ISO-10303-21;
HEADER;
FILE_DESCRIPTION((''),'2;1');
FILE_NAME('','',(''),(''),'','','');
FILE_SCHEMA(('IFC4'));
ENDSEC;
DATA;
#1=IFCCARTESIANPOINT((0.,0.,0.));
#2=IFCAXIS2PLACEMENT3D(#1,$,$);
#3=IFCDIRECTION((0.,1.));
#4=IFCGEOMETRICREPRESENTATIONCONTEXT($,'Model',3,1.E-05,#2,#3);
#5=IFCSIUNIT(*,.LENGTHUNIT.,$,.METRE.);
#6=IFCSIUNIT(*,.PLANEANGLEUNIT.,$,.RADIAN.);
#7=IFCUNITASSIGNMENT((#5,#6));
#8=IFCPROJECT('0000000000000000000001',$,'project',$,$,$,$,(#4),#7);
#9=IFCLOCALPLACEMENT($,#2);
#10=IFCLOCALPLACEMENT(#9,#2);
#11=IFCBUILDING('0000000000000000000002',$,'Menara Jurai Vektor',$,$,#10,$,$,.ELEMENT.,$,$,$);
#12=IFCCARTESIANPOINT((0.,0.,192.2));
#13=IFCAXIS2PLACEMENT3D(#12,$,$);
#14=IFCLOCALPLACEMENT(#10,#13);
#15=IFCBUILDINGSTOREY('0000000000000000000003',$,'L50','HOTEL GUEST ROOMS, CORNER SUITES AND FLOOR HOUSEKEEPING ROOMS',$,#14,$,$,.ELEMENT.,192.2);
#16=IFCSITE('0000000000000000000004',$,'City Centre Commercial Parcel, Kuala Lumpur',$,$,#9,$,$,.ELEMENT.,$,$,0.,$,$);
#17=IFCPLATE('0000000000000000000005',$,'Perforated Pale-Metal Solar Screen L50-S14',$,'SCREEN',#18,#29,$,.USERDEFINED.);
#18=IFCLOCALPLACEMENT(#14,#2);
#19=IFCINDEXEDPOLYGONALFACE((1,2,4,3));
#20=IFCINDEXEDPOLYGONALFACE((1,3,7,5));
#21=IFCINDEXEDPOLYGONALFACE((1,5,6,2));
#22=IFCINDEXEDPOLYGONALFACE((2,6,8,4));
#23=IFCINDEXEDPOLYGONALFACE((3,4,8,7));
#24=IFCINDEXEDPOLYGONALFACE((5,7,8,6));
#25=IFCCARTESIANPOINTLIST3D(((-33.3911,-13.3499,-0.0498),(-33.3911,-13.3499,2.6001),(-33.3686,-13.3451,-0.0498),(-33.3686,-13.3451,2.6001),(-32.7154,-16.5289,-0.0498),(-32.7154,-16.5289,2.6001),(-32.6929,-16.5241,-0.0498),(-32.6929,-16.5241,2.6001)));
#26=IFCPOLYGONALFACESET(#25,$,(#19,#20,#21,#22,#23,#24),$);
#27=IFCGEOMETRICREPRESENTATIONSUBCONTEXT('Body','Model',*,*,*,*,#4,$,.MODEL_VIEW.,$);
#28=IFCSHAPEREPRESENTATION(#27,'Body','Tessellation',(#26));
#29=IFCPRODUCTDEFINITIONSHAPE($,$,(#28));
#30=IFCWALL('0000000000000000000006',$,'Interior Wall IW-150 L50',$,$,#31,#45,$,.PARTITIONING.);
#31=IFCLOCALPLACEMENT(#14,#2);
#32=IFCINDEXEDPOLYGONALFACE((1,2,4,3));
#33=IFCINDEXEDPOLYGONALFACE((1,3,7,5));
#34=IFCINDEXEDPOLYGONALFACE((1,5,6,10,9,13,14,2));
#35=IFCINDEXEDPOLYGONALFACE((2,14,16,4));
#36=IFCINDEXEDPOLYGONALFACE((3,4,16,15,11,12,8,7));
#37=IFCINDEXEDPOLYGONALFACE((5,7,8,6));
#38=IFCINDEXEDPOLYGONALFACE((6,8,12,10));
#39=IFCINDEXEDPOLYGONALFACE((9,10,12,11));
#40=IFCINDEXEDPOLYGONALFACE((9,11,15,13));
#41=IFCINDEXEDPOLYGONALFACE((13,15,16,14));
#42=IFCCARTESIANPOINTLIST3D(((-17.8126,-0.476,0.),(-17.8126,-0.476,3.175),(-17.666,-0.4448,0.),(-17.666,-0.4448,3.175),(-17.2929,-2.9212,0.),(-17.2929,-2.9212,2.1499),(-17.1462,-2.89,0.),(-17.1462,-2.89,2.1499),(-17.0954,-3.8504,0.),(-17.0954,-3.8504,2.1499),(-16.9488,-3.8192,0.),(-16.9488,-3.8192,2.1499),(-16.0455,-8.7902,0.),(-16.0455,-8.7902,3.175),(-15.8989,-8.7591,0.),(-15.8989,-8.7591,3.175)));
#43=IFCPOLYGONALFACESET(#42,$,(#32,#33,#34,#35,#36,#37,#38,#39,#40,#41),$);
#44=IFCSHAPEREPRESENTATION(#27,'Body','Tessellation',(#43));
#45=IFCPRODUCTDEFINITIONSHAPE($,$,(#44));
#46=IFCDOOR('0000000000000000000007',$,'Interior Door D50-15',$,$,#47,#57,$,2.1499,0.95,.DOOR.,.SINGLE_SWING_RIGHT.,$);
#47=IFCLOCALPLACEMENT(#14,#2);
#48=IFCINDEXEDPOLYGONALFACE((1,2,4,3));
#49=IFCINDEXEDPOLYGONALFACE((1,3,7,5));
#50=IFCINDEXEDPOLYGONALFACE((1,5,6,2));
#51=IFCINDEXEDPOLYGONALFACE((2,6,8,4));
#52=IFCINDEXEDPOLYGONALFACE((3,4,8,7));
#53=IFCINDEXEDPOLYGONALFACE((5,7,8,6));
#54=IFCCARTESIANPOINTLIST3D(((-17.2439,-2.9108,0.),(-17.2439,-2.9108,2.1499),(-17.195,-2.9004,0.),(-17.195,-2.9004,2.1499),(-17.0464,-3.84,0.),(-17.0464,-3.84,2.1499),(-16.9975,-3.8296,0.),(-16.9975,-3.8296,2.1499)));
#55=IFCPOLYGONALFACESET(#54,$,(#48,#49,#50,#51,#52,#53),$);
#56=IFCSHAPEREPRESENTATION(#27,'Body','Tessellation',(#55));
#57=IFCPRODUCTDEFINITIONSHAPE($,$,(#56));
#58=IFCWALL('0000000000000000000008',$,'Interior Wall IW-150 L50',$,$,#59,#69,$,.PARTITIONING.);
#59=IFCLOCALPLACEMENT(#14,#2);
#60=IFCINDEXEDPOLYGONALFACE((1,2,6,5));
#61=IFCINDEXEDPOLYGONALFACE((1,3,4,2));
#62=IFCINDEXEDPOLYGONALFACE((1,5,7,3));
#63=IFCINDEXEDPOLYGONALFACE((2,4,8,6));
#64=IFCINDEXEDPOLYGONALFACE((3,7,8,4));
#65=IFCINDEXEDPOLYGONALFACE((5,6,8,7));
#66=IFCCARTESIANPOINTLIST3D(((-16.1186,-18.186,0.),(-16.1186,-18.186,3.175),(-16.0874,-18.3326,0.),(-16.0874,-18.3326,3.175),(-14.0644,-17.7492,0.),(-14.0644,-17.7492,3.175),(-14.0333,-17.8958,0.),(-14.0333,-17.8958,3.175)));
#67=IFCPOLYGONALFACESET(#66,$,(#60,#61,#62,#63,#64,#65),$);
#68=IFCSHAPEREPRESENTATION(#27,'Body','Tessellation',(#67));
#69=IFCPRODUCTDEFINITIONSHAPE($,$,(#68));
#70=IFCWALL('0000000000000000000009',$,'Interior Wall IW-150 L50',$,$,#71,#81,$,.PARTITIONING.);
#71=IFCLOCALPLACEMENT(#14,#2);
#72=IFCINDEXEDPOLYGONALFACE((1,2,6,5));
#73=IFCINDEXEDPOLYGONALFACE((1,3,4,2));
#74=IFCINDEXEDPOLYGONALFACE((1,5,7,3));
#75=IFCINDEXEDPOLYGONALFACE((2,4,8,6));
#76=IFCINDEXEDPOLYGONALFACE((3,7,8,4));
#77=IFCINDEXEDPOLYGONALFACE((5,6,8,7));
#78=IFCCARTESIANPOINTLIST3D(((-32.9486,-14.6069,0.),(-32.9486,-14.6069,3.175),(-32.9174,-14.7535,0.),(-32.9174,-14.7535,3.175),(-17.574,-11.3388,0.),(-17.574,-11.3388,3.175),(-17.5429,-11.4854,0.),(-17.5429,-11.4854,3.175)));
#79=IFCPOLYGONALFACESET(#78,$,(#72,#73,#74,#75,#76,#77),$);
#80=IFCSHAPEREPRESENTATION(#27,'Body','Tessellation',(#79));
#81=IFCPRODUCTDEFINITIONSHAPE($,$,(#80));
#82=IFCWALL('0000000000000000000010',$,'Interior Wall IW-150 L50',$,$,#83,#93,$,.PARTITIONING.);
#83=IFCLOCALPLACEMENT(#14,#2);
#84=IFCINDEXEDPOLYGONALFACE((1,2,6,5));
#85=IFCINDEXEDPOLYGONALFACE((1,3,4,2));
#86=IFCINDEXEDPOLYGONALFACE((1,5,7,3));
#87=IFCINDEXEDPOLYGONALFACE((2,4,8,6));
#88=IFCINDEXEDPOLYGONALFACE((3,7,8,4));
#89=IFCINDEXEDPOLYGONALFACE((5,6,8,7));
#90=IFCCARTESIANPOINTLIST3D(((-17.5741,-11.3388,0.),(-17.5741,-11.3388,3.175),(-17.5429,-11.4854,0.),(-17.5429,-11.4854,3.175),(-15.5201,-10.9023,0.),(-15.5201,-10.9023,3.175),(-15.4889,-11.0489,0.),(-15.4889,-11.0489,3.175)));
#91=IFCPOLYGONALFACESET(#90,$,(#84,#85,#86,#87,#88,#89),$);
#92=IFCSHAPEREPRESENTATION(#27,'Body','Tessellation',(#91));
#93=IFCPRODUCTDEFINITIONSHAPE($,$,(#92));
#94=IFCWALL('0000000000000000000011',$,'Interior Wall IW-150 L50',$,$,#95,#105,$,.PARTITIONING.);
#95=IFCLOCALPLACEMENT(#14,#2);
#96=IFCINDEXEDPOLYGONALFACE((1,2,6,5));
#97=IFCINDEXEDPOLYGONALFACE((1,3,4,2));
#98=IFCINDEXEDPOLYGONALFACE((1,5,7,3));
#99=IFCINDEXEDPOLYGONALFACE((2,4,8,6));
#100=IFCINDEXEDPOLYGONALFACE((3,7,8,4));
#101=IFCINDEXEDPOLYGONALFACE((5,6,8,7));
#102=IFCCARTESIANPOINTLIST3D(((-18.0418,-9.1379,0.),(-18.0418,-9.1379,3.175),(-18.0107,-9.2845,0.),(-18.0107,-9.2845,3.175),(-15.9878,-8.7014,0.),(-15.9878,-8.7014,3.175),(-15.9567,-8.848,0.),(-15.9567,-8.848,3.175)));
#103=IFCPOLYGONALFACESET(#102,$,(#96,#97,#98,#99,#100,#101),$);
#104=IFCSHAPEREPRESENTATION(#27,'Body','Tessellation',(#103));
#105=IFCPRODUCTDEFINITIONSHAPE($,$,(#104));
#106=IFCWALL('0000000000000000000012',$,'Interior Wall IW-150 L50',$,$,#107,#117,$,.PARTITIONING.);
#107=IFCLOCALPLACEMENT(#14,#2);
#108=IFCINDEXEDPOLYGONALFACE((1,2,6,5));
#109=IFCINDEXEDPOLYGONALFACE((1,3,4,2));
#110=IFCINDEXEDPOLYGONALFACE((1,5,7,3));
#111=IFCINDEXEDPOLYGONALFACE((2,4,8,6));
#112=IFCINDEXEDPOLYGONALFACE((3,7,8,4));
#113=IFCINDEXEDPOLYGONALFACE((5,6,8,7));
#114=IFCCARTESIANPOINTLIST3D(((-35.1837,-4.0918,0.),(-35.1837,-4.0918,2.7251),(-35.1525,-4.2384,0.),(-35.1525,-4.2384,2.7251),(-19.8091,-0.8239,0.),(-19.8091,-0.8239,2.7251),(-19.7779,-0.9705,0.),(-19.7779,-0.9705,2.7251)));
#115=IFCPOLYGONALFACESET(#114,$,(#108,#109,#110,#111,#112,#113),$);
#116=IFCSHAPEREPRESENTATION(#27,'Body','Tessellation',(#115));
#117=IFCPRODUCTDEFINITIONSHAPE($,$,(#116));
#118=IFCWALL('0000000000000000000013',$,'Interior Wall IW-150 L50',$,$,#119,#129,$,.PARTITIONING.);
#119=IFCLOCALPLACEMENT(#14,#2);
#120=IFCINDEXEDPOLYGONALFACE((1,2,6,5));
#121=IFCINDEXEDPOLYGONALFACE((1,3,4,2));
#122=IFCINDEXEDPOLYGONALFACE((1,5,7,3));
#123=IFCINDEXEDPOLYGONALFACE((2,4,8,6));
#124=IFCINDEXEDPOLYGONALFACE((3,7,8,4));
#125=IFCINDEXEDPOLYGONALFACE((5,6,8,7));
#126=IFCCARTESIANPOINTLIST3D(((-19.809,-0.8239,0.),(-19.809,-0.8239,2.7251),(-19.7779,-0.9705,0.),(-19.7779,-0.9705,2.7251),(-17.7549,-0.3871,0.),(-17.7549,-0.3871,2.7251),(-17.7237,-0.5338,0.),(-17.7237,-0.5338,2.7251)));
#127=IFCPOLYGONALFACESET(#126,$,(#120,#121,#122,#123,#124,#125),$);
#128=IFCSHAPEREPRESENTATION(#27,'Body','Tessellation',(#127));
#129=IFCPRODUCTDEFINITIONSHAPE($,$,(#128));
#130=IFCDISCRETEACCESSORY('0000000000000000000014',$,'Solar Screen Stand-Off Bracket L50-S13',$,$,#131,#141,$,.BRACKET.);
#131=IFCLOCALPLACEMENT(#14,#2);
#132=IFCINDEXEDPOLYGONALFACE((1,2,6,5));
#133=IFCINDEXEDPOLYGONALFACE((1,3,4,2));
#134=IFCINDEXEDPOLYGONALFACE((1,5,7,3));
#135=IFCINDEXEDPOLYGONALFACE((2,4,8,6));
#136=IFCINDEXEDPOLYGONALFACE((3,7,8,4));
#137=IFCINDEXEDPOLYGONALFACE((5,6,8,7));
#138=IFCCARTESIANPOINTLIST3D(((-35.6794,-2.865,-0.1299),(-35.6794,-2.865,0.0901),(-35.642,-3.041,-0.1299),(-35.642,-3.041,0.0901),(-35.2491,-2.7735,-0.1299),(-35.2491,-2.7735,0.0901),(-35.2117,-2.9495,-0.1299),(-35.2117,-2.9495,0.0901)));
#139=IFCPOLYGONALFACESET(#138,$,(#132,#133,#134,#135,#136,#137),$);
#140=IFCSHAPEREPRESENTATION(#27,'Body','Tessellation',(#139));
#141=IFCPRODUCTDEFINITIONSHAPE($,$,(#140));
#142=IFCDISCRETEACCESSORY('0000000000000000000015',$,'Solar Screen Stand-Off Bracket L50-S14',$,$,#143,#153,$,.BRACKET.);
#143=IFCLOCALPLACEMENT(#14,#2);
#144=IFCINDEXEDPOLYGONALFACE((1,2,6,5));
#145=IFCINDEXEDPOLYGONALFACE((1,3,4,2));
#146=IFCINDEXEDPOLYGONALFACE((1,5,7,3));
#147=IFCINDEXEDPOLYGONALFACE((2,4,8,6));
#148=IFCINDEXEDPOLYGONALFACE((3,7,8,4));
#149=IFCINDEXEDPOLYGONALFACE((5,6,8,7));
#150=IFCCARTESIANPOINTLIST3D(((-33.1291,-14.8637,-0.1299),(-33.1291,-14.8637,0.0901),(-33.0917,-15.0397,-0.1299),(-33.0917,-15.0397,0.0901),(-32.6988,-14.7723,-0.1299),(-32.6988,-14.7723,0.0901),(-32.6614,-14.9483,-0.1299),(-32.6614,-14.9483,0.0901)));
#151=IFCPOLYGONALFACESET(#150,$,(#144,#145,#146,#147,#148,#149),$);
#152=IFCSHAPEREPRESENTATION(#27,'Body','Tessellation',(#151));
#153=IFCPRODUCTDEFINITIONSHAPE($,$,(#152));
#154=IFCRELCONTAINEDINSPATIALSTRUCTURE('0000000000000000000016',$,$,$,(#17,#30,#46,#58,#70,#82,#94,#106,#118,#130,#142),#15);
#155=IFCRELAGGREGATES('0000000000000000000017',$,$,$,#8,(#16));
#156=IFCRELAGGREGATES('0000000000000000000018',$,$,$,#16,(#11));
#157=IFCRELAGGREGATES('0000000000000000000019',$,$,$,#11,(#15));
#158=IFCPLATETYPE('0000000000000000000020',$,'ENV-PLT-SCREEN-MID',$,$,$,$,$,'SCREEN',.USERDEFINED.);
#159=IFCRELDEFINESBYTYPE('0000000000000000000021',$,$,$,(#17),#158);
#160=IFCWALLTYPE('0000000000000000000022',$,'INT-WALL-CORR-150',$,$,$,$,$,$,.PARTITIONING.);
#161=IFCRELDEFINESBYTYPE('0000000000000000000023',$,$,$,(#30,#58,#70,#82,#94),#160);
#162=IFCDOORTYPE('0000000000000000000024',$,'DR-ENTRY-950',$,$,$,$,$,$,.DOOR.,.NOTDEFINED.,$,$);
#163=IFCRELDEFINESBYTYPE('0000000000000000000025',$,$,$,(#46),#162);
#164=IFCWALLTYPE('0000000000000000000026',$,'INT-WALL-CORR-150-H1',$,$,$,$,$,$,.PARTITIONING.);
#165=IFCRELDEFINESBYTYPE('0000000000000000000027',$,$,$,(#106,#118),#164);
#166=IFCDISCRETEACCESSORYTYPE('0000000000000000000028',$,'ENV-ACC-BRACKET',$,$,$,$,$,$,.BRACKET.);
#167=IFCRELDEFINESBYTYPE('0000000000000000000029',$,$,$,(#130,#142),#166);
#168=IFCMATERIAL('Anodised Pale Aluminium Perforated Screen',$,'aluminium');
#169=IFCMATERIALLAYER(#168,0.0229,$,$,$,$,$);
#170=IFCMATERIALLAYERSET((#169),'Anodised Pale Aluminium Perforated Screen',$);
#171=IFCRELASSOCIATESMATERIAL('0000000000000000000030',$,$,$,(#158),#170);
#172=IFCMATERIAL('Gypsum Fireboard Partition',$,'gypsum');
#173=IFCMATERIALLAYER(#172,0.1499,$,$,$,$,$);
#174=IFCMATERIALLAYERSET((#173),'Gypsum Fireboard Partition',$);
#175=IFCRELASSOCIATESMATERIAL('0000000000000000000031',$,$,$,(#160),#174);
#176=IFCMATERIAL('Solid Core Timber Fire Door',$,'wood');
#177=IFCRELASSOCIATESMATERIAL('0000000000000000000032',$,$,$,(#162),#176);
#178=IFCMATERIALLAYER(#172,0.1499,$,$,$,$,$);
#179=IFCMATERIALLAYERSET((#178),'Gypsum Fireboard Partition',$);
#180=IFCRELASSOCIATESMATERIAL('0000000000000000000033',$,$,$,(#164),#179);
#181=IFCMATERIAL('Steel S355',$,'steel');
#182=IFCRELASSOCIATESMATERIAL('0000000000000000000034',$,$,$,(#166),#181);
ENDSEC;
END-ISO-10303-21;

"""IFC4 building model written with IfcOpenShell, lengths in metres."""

from ifc_helpers import new_model, si_unit, direction, frame, frame_2d, origin, origin_2d, place, context, subcontext, project, spatial, rectangle, extrude, material, layer, layer_set, type_object, element, fill, save


model = new_model("IFC4")

# Units and contexts
model_context = context("Model", 3, precision=1e-05, world=origin(), true_north=direction((0.0, 1.0)))
body_context = subcontext(model_context, "Body", "Model", "MODEL_VIEW")
ifc_project = project(units=[si_unit("LENGTHUNIT", "METRE"), si_unit("PLANEANGLEUNIT", "RADIAN")], contexts=[model_context])

# Site, building, storey
site_placement = place(None, origin())
site = spatial("IfcSite", under=ifc_project, at=site_placement, Name="City Centre Commercial Parcel, Kuala Lumpur", CompositionType="ELEMENT", RefElevation=0.0)
building_placement = place(site_placement, origin())
building = spatial("IfcBuilding", under=site, at=building_placement, Name="Menara Jurai Vektor", CompositionType="ELEMENT")
storey_placement = place(building_placement, frame((0.0, 0.0, 192.2)))
storey = spatial("IfcBuildingStorey", under=building, at=storey_placement, Name="L50", Description="HOTEL GUEST ROOMS, CORNER SUITES AND FLOOR HOUSEKEEPING ROOMS", CompositionType="ELEMENT", Elevation=192.2)

# Shared definitions
ifc_material_1 = material(Name="Steel S355", Category="steel")

# Plate
ifc_material_2 = material(Name="Anodised Pale Aluminium Perforated Screen", Category="aluminium")
ifc_layer_1 = layer(ifc_material_2, 0.0229)
ifc_layer_set_1 = layer_set([ifc_layer_1], Name="Anodised Pale Aluminium Perforated Screen")
plate_type_1 = type_object("IfcPlateType", Name="ENV-PLT-SCREEN-MID", ElementType="SCREEN", PredefinedType="USERDEFINED", material=ifc_layer_set_1)
for number, where, z_axis, x_axis, name in (
    (1, (-33.042, -14.937, -0.0498), (0.0, 0.0, 1.0), (0.207912, -0.978148, 0.0), "Perforated Pale-Metal Solar Screen L50-S14"),
):
    element("IfcPlate", number, at=place(storey_placement, frame(where, z_axis=z_axis, x_axis=x_axis)), inside=storey, type_object=plate_type_1, Name=name, ObjectType="SCREEN", PredefinedType="USERDEFINED", context=body_context, shape_type="SweptSolid", body=[
        extrude(rectangle(XDim=3.25, YDim=0.0229, at=origin_2d()), origin(), (0.0, 0.0, 1.0), 2.6499),
    ])

# Wall, opening, door
ifc_material_3 = material(Name="Gypsum Fireboard Partition", Category="gypsum")
ifc_layer_2 = layer(ifc_material_3, 0.1499)
ifc_layer_set_2 = layer_set([ifc_layer_2], Name="Gypsum Fireboard Partition")
wall_type_1 = type_object("IfcWallType", Name="INT-WALL-CORR-150", PredefinedType="PARTITIONING", material=ifc_layer_set_2)
wall_1_placement = place(storey_placement, frame((-15.9722, -8.7747, 0.0), z_axis=(0.0, 0.0, 1.0), x_axis=(-0.207895, 0.978151, 0.0)))
wall_1 = element("IfcWall", 2, at=wall_1_placement, inside=storey, type_object=wall_type_1, Name="Interior Wall IW-150 L50", PredefinedType="PARTITIONING", context=body_context, shape_type="SweptSolid", body=[
    extrude(rectangle(XDim=8.5, YDim=0.1499, at=frame_2d((4.25, 0.0))), origin(), (0.0, 0.0, 1.0), 3.175),
])
opening_1_placement = place(wall_1_placement, frame((5.05, 0.0, 0.0)))
opening_1 = element("IfcOpeningElement", 3, at=opening_1_placement, cuts=wall_1, PredefinedType="OPENING", context=body_context, shape_type="SweptSolid", body=[
    extrude(rectangle(XDim=0.95, YDim=2.1499, at=frame_2d((0.4751, 1.075))), frame((0.0, 0.085, 0.0), z_axis=(0.0, -1.0, 0.0), x_axis=(1.0, 0.0, 0.0)), (0.0, 0.0, 1.0), 0.1699),
])
ifc_material_4 = material(Name="Solid Core Timber Fire Door", Category="wood")
door_type_1 = type_object("IfcDoorType", Name="DR-ENTRY-950", OperationType="NOTDEFINED", PredefinedType="DOOR", material=ifc_material_4)
door_1_placement = place(opening_1_placement, origin())
door_1 = element("IfcDoor", 4, at=door_1_placement, inside=storey, type_object=door_type_1, Name="Interior Door D50-15", OperationType="SINGLE_SWING_RIGHT", OverallHeight=2.1499, OverallWidth=0.95, PredefinedType="DOOR", context=body_context, shape_type="SweptSolid", body=[
    extrude(rectangle(XDim=0.95, YDim=2.1499, at=frame_2d((0.4751, 1.075))), frame((0.0, 0.0249, 0.0), z_axis=(0.0, -1.0, 0.0), x_axis=(1.0, 0.0, 0.0)), (0.0, 0.0, 1.0), 0.05),
])
fill(opening_1, door_1)

# Walls
wall_2_placement = place(storey_placement, frame((-16.103, -18.2593, 0.0), z_axis=(0.0, 0.0, 1.0), x_axis=(0.978135, 0.207973, 0.0)))
element("IfcWall", 5, at=wall_2_placement, inside=storey, type_object=wall_type_1, Name="Interior Wall IW-150 L50", PredefinedType="PARTITIONING", context=body_context, shape_type="SweptSolid", body=[
    extrude(rectangle(XDim=2.1001, YDim=0.1499, at=frame_2d((1.05, 0.0))), origin(), (0.0, 0.0, 1.0), 3.175),
])
wall_3_placement = place(storey_placement, frame((-32.9329, -14.6802, 0.0), z_axis=(0.0, 0.0, 1.0), x_axis=(0.978146, 0.207919, 0.0)))
element("IfcWall", 6, at=wall_3_placement, inside=storey, type_object=wall_type_1, Name="Interior Wall IW-150 L50", PredefinedType="PARTITIONING", context=body_context, shape_type="SweptSolid", body=[
    extrude(rectangle(XDim=15.718, YDim=0.1499, at=frame_2d((7.8589, 0.0))), origin(), (0.0, 0.0, 1.0), 3.175),
])
wall_4_placement = place(storey_placement, frame((-17.5583, -11.4121, 0.0), z_axis=(0.0, 0.0, 1.0), x_axis=(0.978153, 0.207885, 0.0)))
element("IfcWall", 7, at=wall_4_placement, inside=storey, type_object=wall_type_1, Name="Interior Wall IW-150 L50", PredefinedType="PARTITIONING", context=body_context, shape_type="SweptSolid", body=[
    extrude(rectangle(XDim=2.0999, YDim=0.1499, at=frame_2d((1.0498, 0.0))), origin(), (0.0, 0.0, 1.0), 3.175),
])

# Walls
wall_5_placement = place(storey_placement, frame((-18.0261, -9.2112, 0.0), z_axis=(0.0, 0.0, 1.0), x_axis=(0.978153, 0.207885, 0.0)))
element("IfcWall", 8, at=wall_5_placement, inside=storey, type_object=wall_type_1, Name="Interior Wall IW-150 L50", PredefinedType="PARTITIONING", context=body_context, shape_type="SweptSolid", body=[
    extrude(rectangle(XDim=2.0999, YDim=0.1499, at=frame_2d((1.0498, 0.0))), origin(), (0.0, 0.0, 1.0), 3.175),
])
ifc_layer_3 = layer(ifc_material_3, 0.1499)
ifc_layer_set_3 = layer_set([ifc_layer_3], Name="Gypsum Fireboard Partition")
wall_type_2 = type_object("IfcWallType", Name="INT-WALL-CORR-150-H1", PredefinedType="PARTITIONING", material=ifc_layer_set_3)
wall_6_placement = place(storey_placement, frame((-35.168, -4.165, 0.0), z_axis=(0.0, 0.0, 1.0), x_axis=(0.978149, 0.207904, 0.0)))
element("IfcWall", 9, at=wall_6_placement, inside=storey, type_object=wall_type_2, Name="Interior Wall IW-150 L50", PredefinedType="PARTITIONING", context=body_context, shape_type="SweptSolid", body=[
    extrude(rectangle(XDim=15.718, YDim=0.1499, at=frame_2d((7.8589, 0.0))), origin(), (0.0, 0.0, 1.0), 2.7251),
])
wall_7_placement = place(storey_placement, frame((-19.7935, -0.8972, 0.0), z_axis=(0.0, 0.0, 1.0), x_axis=(0.978135, 0.207973, 0.0)))
element("IfcWall", 10, at=wall_7_placement, inside=storey, type_object=wall_type_2, Name="Interior Wall IW-150 L50", PredefinedType="PARTITIONING", context=body_context, shape_type="SweptSolid", body=[
    extrude(rectangle(XDim=2.1001, YDim=0.1499, at=frame_2d((1.05, 0.0))), origin(), (0.0, 0.0, 1.0), 2.7251),
])

# Discrete accessories
discrete_accessory_type = type_object("IfcDiscreteAccessoryType", Name="ENV-ACC-BRACKET", PredefinedType="BRACKET", material=ifc_material_1)
for number, where, z_axis, x_axis, name in (
    (11, (-35.4456, -2.9072, -0.1299), (0.0, 0.0, 1.0), (0.207912, -0.978148, 0.0), "Solar Screen Stand-Off Bracket L50-S13"),
    (12, (-32.8953, -14.906, -0.1299), (0.0, 0.0, 1.0), (0.207912, -0.978148, 0.0), "Solar Screen Stand-Off Bracket L50-S14"),
):
    element("IfcDiscreteAccessory", number, at=place(storey_placement, frame(where, z_axis=z_axis, x_axis=x_axis)), inside=storey, type_object=discrete_accessory_type, Name=name, PredefinedType="BRACKET", context=body_context, shape_type="SweptSolid", body=[
        extrude(rectangle(XDim=0.1799, YDim=0.4399, at=origin_2d()), origin(), (0.0, 0.0, 1.0), 0.22),
    ])

save(model, "model.ifc")
